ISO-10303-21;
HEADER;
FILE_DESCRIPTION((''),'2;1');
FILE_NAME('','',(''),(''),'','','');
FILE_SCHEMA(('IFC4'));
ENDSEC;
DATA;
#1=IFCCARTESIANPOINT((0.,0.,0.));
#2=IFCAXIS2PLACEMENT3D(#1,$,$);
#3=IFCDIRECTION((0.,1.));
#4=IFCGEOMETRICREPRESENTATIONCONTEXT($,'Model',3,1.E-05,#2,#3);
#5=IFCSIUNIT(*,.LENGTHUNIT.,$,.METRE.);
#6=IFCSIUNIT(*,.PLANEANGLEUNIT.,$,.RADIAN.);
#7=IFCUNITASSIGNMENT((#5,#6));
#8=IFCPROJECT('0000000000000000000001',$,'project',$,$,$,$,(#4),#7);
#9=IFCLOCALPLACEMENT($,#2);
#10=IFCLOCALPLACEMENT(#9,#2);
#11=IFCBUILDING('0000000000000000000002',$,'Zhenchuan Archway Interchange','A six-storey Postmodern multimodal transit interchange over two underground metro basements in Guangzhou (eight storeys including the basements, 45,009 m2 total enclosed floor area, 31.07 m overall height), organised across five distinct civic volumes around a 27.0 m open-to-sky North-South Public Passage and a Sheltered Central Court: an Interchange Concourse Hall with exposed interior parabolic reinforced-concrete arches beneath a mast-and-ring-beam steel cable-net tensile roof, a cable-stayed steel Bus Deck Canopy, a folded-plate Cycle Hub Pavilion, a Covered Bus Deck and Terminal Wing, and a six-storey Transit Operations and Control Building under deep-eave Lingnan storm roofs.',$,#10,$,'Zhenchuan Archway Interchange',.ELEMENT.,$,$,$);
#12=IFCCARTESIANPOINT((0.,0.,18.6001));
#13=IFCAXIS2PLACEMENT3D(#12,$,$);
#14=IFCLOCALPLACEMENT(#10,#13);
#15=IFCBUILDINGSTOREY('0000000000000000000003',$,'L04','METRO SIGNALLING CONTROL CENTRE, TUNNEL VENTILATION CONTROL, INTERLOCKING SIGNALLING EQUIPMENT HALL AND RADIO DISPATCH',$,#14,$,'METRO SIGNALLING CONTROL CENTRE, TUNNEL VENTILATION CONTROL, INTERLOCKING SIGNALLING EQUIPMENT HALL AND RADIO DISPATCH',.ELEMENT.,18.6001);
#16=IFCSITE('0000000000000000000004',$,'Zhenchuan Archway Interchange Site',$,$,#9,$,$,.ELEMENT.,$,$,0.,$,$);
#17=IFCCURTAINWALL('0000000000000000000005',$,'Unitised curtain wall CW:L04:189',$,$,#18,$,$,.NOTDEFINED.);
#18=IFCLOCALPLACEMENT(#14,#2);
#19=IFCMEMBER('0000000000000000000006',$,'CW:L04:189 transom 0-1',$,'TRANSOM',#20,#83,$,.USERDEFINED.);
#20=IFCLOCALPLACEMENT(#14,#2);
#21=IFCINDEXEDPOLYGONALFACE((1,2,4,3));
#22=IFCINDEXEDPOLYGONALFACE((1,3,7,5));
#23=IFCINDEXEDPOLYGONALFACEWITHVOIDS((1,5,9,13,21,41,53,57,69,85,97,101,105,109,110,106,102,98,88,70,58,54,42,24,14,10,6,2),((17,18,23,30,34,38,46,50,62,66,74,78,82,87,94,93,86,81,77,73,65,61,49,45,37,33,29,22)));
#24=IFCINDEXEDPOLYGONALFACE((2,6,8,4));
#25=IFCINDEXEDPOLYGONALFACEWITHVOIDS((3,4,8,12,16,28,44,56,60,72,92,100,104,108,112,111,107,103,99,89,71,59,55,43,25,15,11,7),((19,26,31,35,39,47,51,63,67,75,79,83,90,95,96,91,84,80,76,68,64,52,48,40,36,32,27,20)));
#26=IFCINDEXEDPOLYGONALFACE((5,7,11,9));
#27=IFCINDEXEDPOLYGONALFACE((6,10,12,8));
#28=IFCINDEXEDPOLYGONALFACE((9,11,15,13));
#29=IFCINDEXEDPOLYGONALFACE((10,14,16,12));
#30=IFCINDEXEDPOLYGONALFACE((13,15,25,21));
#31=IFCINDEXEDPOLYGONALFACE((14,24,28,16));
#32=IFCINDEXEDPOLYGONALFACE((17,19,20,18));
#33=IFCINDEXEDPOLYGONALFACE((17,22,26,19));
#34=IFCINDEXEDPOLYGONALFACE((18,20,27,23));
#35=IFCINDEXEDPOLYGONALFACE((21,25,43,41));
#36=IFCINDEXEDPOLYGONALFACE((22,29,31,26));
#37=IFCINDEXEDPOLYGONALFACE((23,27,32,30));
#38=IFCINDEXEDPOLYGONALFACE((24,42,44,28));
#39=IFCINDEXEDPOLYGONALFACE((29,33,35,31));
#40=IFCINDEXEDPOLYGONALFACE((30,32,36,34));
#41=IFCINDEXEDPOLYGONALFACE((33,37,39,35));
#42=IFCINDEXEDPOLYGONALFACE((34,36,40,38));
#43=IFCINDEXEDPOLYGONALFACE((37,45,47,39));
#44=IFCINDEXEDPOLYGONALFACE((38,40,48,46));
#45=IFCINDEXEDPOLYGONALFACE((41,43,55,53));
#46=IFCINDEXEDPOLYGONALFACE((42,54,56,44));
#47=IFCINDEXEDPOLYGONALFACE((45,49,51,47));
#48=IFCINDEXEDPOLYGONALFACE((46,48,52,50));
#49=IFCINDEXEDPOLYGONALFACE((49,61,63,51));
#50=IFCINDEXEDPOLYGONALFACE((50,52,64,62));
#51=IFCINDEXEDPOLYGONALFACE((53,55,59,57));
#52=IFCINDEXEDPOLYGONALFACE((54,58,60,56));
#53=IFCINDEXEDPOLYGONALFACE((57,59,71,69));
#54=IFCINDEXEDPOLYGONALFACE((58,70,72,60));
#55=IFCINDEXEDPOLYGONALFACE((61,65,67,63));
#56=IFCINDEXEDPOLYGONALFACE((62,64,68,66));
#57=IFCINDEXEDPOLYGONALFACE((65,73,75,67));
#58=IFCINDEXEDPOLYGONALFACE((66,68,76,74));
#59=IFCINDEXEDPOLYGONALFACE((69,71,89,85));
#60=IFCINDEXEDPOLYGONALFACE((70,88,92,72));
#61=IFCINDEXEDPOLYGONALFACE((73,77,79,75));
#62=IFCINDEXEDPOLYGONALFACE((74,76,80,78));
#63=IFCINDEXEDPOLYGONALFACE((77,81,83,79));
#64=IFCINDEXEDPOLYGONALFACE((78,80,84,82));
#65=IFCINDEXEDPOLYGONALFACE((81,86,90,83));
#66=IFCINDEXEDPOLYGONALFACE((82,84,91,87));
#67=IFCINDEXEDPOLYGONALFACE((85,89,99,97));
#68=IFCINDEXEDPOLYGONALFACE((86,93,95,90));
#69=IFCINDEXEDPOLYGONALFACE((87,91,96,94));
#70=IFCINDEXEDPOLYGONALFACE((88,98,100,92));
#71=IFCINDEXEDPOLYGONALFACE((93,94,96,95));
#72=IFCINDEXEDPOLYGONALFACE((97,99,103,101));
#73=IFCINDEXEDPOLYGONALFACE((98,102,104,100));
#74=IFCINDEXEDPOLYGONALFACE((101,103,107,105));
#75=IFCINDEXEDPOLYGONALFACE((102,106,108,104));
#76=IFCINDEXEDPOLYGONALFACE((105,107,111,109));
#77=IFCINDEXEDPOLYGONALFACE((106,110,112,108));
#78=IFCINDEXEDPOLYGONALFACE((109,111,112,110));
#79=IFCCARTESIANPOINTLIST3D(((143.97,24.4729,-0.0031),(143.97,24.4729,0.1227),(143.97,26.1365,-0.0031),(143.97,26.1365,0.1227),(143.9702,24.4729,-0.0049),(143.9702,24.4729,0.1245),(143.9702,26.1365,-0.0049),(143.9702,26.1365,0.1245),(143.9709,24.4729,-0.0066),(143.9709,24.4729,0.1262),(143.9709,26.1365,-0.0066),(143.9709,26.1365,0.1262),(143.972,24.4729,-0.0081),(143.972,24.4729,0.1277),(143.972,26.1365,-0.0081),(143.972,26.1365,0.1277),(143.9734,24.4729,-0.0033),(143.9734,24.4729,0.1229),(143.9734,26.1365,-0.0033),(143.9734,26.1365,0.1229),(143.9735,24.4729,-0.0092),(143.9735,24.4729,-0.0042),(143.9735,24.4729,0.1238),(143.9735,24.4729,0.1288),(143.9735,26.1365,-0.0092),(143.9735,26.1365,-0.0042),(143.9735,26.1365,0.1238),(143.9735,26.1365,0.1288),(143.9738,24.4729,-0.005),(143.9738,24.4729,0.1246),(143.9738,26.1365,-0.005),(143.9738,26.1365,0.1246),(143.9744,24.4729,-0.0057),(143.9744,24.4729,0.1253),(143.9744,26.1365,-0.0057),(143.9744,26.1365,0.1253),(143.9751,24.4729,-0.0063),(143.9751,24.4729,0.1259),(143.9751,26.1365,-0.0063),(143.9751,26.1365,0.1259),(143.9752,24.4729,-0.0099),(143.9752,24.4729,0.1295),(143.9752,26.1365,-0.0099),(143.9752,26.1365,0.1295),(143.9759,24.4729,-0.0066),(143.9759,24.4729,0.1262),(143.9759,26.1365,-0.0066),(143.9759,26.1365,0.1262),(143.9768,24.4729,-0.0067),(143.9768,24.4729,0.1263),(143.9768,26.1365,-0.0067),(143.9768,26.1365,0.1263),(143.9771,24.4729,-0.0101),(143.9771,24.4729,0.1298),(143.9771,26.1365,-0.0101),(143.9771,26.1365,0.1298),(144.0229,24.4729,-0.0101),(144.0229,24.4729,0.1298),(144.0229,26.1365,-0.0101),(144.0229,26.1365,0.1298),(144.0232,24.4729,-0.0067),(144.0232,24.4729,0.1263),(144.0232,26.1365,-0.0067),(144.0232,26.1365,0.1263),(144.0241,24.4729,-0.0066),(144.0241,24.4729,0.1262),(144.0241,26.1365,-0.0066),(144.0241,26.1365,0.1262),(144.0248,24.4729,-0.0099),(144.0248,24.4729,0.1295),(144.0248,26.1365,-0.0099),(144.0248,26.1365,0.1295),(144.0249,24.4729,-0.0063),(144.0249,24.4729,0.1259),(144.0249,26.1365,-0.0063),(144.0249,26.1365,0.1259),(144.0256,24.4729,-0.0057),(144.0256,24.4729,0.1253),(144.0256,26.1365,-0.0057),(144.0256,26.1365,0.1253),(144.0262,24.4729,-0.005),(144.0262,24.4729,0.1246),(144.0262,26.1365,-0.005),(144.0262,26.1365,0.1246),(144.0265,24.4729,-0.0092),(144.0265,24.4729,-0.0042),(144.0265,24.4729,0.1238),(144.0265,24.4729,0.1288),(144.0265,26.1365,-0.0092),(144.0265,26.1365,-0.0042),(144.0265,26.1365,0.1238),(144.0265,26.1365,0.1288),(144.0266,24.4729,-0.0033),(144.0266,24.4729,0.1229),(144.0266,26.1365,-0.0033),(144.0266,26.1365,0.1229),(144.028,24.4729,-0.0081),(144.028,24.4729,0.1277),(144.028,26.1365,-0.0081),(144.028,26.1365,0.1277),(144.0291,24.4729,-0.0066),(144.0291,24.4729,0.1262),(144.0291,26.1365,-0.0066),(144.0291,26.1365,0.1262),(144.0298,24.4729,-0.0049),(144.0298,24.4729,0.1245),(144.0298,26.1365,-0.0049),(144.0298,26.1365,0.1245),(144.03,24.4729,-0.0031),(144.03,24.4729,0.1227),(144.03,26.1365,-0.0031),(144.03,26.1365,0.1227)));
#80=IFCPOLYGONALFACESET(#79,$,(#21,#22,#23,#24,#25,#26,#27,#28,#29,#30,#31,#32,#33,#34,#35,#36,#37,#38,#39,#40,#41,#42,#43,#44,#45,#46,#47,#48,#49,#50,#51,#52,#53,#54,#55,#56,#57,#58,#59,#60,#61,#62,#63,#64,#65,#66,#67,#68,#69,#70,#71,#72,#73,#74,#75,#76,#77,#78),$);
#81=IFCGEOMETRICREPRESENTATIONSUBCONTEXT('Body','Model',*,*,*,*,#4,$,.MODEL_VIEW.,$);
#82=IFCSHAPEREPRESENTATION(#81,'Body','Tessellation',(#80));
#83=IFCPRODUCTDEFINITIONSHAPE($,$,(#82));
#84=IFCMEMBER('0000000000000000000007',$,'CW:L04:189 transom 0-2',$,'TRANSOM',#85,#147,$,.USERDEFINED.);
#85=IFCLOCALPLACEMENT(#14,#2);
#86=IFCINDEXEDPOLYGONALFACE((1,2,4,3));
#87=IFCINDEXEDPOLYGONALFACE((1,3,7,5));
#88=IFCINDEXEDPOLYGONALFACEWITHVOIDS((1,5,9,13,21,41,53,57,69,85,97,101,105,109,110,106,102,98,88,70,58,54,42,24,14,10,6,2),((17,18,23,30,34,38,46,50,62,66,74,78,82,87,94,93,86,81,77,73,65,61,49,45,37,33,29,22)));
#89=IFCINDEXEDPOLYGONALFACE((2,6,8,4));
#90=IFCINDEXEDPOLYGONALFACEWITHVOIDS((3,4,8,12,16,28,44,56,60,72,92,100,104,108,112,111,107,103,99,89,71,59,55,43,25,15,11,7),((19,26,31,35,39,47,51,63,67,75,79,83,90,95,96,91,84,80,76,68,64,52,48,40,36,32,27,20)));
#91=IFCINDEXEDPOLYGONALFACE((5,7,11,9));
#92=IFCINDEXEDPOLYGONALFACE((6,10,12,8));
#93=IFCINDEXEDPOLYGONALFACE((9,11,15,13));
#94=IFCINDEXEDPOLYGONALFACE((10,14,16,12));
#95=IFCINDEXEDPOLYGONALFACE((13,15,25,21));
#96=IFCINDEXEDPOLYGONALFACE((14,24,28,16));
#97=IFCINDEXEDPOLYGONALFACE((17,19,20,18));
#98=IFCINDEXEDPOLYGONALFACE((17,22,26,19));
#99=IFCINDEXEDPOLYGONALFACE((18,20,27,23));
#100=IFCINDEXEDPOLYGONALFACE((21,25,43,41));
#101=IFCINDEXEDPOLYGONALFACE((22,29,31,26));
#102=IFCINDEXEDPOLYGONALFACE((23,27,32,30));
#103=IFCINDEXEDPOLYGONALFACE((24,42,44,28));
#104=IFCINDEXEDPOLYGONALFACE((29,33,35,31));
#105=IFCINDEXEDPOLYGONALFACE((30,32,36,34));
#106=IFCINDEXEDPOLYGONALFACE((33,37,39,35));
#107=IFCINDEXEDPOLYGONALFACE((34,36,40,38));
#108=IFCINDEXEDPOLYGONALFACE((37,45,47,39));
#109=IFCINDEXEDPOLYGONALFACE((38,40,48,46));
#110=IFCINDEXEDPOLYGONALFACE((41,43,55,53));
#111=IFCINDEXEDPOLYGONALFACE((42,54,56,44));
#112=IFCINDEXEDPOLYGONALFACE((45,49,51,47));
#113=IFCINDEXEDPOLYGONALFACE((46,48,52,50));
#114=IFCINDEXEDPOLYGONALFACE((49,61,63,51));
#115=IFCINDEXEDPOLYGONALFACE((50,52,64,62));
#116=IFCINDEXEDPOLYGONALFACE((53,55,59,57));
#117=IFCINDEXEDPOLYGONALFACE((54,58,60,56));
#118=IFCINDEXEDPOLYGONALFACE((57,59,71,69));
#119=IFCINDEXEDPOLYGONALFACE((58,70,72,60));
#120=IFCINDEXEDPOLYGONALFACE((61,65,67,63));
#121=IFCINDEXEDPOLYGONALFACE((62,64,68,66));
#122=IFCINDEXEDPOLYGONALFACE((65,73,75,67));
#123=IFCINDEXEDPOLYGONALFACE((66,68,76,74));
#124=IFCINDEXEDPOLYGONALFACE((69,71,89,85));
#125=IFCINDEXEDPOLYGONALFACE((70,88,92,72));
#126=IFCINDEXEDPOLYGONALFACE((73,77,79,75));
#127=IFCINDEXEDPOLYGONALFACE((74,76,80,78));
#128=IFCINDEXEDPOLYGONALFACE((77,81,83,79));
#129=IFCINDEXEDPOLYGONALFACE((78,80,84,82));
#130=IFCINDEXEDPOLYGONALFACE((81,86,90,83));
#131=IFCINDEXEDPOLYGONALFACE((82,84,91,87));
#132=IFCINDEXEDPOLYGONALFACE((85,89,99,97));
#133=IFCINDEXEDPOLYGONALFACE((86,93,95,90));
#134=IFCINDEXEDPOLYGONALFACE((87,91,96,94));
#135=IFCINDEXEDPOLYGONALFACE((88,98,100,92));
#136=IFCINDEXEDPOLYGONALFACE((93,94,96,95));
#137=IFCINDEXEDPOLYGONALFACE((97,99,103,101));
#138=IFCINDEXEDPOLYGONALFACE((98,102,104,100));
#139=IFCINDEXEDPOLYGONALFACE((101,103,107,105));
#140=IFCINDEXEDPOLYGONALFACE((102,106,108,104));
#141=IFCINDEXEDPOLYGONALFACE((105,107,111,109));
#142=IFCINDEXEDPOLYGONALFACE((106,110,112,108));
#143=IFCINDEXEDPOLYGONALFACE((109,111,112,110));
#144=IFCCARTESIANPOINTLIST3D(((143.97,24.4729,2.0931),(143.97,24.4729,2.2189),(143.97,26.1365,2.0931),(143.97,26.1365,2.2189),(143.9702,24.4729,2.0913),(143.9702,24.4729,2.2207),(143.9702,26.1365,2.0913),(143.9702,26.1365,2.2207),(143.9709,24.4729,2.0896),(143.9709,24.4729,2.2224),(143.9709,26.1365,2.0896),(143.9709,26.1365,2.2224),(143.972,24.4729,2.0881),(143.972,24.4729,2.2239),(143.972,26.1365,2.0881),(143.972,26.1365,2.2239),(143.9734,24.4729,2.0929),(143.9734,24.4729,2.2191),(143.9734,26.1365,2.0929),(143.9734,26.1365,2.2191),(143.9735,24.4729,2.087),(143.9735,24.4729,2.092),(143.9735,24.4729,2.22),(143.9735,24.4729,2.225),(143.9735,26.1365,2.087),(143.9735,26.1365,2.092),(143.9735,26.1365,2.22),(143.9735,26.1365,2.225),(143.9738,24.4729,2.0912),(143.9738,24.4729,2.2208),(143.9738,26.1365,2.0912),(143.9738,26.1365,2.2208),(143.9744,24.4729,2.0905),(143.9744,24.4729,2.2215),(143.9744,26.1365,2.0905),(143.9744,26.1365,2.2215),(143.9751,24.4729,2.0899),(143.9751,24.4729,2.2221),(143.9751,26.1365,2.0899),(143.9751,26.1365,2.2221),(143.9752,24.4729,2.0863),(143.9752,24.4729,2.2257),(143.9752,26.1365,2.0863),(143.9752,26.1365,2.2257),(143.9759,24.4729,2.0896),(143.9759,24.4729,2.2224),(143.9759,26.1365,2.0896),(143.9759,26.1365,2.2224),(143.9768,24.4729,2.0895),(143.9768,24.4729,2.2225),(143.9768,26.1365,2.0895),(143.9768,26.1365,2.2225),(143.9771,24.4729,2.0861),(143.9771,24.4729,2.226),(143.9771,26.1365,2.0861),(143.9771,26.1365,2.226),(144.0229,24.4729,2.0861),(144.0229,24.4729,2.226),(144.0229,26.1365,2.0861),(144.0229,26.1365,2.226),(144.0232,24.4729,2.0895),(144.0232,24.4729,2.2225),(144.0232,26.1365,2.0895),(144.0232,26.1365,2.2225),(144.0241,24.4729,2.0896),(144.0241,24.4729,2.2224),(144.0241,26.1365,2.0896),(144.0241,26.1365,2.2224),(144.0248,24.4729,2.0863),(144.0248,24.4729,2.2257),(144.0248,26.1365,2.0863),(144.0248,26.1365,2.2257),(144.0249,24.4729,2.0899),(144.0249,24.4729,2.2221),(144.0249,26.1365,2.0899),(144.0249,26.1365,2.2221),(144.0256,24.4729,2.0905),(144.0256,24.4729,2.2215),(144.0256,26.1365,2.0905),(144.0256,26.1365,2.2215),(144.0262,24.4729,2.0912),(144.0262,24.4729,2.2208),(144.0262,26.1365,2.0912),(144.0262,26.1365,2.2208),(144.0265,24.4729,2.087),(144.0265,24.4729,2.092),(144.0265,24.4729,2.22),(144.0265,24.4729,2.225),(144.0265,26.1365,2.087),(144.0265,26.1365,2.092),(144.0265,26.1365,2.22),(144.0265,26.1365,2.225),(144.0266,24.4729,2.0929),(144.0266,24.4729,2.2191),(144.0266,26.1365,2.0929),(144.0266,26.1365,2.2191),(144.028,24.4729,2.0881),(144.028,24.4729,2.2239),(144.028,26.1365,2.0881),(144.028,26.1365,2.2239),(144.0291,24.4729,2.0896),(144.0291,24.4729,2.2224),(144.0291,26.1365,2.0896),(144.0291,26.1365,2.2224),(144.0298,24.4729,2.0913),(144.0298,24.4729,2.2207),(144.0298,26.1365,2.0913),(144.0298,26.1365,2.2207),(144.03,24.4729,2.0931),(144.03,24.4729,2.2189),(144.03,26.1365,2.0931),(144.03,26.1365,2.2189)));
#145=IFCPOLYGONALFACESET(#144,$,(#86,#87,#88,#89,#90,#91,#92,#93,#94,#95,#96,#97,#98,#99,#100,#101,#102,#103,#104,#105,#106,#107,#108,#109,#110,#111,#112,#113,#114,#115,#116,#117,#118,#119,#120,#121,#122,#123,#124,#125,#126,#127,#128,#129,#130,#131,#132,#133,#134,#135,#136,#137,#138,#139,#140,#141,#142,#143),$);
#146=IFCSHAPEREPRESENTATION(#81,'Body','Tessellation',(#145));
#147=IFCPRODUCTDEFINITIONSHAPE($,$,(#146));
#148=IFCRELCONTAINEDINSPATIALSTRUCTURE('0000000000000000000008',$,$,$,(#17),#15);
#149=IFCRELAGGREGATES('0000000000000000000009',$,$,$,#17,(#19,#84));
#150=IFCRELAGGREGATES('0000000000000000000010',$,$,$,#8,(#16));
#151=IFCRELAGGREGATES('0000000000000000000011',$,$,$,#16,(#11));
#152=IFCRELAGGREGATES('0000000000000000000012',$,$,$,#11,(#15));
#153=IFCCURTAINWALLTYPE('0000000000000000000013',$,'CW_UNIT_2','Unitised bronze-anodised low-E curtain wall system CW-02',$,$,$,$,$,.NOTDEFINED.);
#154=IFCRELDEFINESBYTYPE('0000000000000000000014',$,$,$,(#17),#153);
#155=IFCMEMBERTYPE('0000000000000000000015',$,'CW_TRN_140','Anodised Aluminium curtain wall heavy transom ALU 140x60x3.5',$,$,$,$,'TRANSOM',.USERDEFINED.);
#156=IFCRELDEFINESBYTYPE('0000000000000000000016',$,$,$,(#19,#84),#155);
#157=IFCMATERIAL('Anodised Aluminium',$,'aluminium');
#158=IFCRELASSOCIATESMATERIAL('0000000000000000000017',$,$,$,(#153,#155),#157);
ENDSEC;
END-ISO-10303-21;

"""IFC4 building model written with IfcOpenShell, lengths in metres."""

from ifc_helpers import new_model, si_unit, direction, frame, origin, origin_2d, place, context, subcontext, project, spatial, hollow_rectangle, extrude, material, material_profile, profile_set, type_object, element, aggregate, save


model = new_model("IFC4")

# Units and contexts
model_context = context("Model", 3, precision=1e-05, world=origin(), true_north=direction((0.0, 1.0)))
body_context = subcontext(model_context, "Body", "Model", "MODEL_VIEW")
ifc_project = project(units=[si_unit("LENGTHUNIT", "METRE"), si_unit("PLANEANGLEUNIT", "RADIAN")], contexts=[model_context])

# Site, building, storey
site_placement = place(None, origin())
site = spatial("IfcSite", under=ifc_project, at=site_placement, Name="Zhenchuan Archway Interchange Site", CompositionType="ELEMENT", RefElevation=0.0)
building_placement = place(site_placement, origin())
building = spatial("IfcBuilding", under=site, at=building_placement, Name="Zhenchuan Archway Interchange", Description="A six-storey Postmodern multimodal transit interchange over two underground metro basements in Guangzhou (eight storeys including the basements, 45,009 m2 total enclosed floor area, 31.07 m overall height), organised across five distinct civic volumes around a 27.0 m open-to-sky North-South Public Passage and a Sheltered Central Court: an Interchange Concourse Hall with exposed interior parabolic reinforced-concrete arches beneath a mast-and-ring-beam steel cable-net tensile roof, a cable-stayed steel Bus Deck Canopy, a folded-plate Cycle Hub Pavilion, a Covered Bus Deck and Terminal Wing, and a six-storey Transit Operations and Control Building under deep-eave Lingnan storm roofs.", LongName="Zhenchuan Archway Interchange", CompositionType="ELEMENT")
storey_placement = place(building_placement, frame((0.0, 0.0, 18.6001)))
storey = spatial("IfcBuildingStorey", under=building, at=storey_placement, Name="L04", Description="METRO SIGNALLING CONTROL CENTRE, TUNNEL VENTILATION CONTROL, INTERLOCKING SIGNALLING EQUIPMENT HALL AND RADIO DISPATCH", LongName="METRO SIGNALLING CONTROL CENTRE, TUNNEL VENTILATION CONTROL, INTERLOCKING SIGNALLING EQUIPMENT HALL AND RADIO DISPATCH", CompositionType="ELEMENT", Elevation=18.6001)

# Curtain wall, members
ifc_material_1 = material(Name="Anodised Aluminium", Category="aluminium")
curtain_wall_type = type_object("IfcCurtainWallType", Name="CW_UNIT_2", Description="Unitised bronze-anodised low-E curtain wall system CW-02", PredefinedType="NOTDEFINED", material=ifc_material_1)
curtain_wall_placement = place(storey_placement, origin())
curtain_wall = element("IfcCurtainWall", 1, at=curtain_wall_placement, inside=storey, type_object=curtain_wall_type, Name="Unitised curtain wall CW:L04:189", PredefinedType="NOTDEFINED")
ifc_material_profile_1 = material_profile(ifc_material_1, hollow_rectangle(XDim=0.0601, YDim=0.1399, WallThickness=0.0034, InnerFilletRadius=0.0034, OuterFilletRadius=0.0071, at=origin_2d()), Name="ALU 140x60x3.5")
ifc_profile_set_1 = profile_set([ifc_material_profile_1], Name="Anodised Aluminium")
member_type_1 = type_object("IfcMemberType", Name="CW_TRN_140", Description="Anodised Aluminium curtain wall heavy transom ALU 140x60x3.5", ElementType="TRANSOM", PredefinedType="USERDEFINED", material=ifc_profile_set_1)
member_1_placement = place(storey_placement, frame((144.0, 24.4729, 0.0598), z_axis=(0.0, 1.0, 0.0), x_axis=(-1.0, 0.0, 0.0)))
member_1 = element("IfcMember", 2, at=member_1_placement, type_object=member_type_1, Name="CW:L04:189 transom 0-1", ObjectType="TRANSOM", PredefinedType="USERDEFINED", context=body_context, shape_type="SweptSolid", body=[
    extrude(hollow_rectangle(XDim=0.0601, YDim=0.1399, WallThickness=0.0034, InnerFilletRadius=0.0034, OuterFilletRadius=0.0071, at=origin_2d()), origin(), (0.0, 0.0, 1.0), 1.6636),
])
member_2_placement = place(storey_placement, frame((144.0, 24.4729, 2.156), z_axis=(0.0, 1.0, 0.0), x_axis=(-1.0, 0.0, 0.0)))
member_2 = element("IfcMember", 3, at=member_2_placement, type_object=member_type_1, Name="CW:L04:189 transom 0-2", ObjectType="TRANSOM", PredefinedType="USERDEFINED", context=body_context, shape_type="SweptSolid", body=[
    extrude(hollow_rectangle(XDim=0.0601, YDim=0.1399, WallThickness=0.0034, InnerFilletRadius=0.0034, OuterFilletRadius=0.0071, at=origin_2d()), origin(), (0.0, 0.0, 1.0), 1.6636),
])

aggregate(curtain_wall, [member_1, member_2])

save(model, "model.ifc")
